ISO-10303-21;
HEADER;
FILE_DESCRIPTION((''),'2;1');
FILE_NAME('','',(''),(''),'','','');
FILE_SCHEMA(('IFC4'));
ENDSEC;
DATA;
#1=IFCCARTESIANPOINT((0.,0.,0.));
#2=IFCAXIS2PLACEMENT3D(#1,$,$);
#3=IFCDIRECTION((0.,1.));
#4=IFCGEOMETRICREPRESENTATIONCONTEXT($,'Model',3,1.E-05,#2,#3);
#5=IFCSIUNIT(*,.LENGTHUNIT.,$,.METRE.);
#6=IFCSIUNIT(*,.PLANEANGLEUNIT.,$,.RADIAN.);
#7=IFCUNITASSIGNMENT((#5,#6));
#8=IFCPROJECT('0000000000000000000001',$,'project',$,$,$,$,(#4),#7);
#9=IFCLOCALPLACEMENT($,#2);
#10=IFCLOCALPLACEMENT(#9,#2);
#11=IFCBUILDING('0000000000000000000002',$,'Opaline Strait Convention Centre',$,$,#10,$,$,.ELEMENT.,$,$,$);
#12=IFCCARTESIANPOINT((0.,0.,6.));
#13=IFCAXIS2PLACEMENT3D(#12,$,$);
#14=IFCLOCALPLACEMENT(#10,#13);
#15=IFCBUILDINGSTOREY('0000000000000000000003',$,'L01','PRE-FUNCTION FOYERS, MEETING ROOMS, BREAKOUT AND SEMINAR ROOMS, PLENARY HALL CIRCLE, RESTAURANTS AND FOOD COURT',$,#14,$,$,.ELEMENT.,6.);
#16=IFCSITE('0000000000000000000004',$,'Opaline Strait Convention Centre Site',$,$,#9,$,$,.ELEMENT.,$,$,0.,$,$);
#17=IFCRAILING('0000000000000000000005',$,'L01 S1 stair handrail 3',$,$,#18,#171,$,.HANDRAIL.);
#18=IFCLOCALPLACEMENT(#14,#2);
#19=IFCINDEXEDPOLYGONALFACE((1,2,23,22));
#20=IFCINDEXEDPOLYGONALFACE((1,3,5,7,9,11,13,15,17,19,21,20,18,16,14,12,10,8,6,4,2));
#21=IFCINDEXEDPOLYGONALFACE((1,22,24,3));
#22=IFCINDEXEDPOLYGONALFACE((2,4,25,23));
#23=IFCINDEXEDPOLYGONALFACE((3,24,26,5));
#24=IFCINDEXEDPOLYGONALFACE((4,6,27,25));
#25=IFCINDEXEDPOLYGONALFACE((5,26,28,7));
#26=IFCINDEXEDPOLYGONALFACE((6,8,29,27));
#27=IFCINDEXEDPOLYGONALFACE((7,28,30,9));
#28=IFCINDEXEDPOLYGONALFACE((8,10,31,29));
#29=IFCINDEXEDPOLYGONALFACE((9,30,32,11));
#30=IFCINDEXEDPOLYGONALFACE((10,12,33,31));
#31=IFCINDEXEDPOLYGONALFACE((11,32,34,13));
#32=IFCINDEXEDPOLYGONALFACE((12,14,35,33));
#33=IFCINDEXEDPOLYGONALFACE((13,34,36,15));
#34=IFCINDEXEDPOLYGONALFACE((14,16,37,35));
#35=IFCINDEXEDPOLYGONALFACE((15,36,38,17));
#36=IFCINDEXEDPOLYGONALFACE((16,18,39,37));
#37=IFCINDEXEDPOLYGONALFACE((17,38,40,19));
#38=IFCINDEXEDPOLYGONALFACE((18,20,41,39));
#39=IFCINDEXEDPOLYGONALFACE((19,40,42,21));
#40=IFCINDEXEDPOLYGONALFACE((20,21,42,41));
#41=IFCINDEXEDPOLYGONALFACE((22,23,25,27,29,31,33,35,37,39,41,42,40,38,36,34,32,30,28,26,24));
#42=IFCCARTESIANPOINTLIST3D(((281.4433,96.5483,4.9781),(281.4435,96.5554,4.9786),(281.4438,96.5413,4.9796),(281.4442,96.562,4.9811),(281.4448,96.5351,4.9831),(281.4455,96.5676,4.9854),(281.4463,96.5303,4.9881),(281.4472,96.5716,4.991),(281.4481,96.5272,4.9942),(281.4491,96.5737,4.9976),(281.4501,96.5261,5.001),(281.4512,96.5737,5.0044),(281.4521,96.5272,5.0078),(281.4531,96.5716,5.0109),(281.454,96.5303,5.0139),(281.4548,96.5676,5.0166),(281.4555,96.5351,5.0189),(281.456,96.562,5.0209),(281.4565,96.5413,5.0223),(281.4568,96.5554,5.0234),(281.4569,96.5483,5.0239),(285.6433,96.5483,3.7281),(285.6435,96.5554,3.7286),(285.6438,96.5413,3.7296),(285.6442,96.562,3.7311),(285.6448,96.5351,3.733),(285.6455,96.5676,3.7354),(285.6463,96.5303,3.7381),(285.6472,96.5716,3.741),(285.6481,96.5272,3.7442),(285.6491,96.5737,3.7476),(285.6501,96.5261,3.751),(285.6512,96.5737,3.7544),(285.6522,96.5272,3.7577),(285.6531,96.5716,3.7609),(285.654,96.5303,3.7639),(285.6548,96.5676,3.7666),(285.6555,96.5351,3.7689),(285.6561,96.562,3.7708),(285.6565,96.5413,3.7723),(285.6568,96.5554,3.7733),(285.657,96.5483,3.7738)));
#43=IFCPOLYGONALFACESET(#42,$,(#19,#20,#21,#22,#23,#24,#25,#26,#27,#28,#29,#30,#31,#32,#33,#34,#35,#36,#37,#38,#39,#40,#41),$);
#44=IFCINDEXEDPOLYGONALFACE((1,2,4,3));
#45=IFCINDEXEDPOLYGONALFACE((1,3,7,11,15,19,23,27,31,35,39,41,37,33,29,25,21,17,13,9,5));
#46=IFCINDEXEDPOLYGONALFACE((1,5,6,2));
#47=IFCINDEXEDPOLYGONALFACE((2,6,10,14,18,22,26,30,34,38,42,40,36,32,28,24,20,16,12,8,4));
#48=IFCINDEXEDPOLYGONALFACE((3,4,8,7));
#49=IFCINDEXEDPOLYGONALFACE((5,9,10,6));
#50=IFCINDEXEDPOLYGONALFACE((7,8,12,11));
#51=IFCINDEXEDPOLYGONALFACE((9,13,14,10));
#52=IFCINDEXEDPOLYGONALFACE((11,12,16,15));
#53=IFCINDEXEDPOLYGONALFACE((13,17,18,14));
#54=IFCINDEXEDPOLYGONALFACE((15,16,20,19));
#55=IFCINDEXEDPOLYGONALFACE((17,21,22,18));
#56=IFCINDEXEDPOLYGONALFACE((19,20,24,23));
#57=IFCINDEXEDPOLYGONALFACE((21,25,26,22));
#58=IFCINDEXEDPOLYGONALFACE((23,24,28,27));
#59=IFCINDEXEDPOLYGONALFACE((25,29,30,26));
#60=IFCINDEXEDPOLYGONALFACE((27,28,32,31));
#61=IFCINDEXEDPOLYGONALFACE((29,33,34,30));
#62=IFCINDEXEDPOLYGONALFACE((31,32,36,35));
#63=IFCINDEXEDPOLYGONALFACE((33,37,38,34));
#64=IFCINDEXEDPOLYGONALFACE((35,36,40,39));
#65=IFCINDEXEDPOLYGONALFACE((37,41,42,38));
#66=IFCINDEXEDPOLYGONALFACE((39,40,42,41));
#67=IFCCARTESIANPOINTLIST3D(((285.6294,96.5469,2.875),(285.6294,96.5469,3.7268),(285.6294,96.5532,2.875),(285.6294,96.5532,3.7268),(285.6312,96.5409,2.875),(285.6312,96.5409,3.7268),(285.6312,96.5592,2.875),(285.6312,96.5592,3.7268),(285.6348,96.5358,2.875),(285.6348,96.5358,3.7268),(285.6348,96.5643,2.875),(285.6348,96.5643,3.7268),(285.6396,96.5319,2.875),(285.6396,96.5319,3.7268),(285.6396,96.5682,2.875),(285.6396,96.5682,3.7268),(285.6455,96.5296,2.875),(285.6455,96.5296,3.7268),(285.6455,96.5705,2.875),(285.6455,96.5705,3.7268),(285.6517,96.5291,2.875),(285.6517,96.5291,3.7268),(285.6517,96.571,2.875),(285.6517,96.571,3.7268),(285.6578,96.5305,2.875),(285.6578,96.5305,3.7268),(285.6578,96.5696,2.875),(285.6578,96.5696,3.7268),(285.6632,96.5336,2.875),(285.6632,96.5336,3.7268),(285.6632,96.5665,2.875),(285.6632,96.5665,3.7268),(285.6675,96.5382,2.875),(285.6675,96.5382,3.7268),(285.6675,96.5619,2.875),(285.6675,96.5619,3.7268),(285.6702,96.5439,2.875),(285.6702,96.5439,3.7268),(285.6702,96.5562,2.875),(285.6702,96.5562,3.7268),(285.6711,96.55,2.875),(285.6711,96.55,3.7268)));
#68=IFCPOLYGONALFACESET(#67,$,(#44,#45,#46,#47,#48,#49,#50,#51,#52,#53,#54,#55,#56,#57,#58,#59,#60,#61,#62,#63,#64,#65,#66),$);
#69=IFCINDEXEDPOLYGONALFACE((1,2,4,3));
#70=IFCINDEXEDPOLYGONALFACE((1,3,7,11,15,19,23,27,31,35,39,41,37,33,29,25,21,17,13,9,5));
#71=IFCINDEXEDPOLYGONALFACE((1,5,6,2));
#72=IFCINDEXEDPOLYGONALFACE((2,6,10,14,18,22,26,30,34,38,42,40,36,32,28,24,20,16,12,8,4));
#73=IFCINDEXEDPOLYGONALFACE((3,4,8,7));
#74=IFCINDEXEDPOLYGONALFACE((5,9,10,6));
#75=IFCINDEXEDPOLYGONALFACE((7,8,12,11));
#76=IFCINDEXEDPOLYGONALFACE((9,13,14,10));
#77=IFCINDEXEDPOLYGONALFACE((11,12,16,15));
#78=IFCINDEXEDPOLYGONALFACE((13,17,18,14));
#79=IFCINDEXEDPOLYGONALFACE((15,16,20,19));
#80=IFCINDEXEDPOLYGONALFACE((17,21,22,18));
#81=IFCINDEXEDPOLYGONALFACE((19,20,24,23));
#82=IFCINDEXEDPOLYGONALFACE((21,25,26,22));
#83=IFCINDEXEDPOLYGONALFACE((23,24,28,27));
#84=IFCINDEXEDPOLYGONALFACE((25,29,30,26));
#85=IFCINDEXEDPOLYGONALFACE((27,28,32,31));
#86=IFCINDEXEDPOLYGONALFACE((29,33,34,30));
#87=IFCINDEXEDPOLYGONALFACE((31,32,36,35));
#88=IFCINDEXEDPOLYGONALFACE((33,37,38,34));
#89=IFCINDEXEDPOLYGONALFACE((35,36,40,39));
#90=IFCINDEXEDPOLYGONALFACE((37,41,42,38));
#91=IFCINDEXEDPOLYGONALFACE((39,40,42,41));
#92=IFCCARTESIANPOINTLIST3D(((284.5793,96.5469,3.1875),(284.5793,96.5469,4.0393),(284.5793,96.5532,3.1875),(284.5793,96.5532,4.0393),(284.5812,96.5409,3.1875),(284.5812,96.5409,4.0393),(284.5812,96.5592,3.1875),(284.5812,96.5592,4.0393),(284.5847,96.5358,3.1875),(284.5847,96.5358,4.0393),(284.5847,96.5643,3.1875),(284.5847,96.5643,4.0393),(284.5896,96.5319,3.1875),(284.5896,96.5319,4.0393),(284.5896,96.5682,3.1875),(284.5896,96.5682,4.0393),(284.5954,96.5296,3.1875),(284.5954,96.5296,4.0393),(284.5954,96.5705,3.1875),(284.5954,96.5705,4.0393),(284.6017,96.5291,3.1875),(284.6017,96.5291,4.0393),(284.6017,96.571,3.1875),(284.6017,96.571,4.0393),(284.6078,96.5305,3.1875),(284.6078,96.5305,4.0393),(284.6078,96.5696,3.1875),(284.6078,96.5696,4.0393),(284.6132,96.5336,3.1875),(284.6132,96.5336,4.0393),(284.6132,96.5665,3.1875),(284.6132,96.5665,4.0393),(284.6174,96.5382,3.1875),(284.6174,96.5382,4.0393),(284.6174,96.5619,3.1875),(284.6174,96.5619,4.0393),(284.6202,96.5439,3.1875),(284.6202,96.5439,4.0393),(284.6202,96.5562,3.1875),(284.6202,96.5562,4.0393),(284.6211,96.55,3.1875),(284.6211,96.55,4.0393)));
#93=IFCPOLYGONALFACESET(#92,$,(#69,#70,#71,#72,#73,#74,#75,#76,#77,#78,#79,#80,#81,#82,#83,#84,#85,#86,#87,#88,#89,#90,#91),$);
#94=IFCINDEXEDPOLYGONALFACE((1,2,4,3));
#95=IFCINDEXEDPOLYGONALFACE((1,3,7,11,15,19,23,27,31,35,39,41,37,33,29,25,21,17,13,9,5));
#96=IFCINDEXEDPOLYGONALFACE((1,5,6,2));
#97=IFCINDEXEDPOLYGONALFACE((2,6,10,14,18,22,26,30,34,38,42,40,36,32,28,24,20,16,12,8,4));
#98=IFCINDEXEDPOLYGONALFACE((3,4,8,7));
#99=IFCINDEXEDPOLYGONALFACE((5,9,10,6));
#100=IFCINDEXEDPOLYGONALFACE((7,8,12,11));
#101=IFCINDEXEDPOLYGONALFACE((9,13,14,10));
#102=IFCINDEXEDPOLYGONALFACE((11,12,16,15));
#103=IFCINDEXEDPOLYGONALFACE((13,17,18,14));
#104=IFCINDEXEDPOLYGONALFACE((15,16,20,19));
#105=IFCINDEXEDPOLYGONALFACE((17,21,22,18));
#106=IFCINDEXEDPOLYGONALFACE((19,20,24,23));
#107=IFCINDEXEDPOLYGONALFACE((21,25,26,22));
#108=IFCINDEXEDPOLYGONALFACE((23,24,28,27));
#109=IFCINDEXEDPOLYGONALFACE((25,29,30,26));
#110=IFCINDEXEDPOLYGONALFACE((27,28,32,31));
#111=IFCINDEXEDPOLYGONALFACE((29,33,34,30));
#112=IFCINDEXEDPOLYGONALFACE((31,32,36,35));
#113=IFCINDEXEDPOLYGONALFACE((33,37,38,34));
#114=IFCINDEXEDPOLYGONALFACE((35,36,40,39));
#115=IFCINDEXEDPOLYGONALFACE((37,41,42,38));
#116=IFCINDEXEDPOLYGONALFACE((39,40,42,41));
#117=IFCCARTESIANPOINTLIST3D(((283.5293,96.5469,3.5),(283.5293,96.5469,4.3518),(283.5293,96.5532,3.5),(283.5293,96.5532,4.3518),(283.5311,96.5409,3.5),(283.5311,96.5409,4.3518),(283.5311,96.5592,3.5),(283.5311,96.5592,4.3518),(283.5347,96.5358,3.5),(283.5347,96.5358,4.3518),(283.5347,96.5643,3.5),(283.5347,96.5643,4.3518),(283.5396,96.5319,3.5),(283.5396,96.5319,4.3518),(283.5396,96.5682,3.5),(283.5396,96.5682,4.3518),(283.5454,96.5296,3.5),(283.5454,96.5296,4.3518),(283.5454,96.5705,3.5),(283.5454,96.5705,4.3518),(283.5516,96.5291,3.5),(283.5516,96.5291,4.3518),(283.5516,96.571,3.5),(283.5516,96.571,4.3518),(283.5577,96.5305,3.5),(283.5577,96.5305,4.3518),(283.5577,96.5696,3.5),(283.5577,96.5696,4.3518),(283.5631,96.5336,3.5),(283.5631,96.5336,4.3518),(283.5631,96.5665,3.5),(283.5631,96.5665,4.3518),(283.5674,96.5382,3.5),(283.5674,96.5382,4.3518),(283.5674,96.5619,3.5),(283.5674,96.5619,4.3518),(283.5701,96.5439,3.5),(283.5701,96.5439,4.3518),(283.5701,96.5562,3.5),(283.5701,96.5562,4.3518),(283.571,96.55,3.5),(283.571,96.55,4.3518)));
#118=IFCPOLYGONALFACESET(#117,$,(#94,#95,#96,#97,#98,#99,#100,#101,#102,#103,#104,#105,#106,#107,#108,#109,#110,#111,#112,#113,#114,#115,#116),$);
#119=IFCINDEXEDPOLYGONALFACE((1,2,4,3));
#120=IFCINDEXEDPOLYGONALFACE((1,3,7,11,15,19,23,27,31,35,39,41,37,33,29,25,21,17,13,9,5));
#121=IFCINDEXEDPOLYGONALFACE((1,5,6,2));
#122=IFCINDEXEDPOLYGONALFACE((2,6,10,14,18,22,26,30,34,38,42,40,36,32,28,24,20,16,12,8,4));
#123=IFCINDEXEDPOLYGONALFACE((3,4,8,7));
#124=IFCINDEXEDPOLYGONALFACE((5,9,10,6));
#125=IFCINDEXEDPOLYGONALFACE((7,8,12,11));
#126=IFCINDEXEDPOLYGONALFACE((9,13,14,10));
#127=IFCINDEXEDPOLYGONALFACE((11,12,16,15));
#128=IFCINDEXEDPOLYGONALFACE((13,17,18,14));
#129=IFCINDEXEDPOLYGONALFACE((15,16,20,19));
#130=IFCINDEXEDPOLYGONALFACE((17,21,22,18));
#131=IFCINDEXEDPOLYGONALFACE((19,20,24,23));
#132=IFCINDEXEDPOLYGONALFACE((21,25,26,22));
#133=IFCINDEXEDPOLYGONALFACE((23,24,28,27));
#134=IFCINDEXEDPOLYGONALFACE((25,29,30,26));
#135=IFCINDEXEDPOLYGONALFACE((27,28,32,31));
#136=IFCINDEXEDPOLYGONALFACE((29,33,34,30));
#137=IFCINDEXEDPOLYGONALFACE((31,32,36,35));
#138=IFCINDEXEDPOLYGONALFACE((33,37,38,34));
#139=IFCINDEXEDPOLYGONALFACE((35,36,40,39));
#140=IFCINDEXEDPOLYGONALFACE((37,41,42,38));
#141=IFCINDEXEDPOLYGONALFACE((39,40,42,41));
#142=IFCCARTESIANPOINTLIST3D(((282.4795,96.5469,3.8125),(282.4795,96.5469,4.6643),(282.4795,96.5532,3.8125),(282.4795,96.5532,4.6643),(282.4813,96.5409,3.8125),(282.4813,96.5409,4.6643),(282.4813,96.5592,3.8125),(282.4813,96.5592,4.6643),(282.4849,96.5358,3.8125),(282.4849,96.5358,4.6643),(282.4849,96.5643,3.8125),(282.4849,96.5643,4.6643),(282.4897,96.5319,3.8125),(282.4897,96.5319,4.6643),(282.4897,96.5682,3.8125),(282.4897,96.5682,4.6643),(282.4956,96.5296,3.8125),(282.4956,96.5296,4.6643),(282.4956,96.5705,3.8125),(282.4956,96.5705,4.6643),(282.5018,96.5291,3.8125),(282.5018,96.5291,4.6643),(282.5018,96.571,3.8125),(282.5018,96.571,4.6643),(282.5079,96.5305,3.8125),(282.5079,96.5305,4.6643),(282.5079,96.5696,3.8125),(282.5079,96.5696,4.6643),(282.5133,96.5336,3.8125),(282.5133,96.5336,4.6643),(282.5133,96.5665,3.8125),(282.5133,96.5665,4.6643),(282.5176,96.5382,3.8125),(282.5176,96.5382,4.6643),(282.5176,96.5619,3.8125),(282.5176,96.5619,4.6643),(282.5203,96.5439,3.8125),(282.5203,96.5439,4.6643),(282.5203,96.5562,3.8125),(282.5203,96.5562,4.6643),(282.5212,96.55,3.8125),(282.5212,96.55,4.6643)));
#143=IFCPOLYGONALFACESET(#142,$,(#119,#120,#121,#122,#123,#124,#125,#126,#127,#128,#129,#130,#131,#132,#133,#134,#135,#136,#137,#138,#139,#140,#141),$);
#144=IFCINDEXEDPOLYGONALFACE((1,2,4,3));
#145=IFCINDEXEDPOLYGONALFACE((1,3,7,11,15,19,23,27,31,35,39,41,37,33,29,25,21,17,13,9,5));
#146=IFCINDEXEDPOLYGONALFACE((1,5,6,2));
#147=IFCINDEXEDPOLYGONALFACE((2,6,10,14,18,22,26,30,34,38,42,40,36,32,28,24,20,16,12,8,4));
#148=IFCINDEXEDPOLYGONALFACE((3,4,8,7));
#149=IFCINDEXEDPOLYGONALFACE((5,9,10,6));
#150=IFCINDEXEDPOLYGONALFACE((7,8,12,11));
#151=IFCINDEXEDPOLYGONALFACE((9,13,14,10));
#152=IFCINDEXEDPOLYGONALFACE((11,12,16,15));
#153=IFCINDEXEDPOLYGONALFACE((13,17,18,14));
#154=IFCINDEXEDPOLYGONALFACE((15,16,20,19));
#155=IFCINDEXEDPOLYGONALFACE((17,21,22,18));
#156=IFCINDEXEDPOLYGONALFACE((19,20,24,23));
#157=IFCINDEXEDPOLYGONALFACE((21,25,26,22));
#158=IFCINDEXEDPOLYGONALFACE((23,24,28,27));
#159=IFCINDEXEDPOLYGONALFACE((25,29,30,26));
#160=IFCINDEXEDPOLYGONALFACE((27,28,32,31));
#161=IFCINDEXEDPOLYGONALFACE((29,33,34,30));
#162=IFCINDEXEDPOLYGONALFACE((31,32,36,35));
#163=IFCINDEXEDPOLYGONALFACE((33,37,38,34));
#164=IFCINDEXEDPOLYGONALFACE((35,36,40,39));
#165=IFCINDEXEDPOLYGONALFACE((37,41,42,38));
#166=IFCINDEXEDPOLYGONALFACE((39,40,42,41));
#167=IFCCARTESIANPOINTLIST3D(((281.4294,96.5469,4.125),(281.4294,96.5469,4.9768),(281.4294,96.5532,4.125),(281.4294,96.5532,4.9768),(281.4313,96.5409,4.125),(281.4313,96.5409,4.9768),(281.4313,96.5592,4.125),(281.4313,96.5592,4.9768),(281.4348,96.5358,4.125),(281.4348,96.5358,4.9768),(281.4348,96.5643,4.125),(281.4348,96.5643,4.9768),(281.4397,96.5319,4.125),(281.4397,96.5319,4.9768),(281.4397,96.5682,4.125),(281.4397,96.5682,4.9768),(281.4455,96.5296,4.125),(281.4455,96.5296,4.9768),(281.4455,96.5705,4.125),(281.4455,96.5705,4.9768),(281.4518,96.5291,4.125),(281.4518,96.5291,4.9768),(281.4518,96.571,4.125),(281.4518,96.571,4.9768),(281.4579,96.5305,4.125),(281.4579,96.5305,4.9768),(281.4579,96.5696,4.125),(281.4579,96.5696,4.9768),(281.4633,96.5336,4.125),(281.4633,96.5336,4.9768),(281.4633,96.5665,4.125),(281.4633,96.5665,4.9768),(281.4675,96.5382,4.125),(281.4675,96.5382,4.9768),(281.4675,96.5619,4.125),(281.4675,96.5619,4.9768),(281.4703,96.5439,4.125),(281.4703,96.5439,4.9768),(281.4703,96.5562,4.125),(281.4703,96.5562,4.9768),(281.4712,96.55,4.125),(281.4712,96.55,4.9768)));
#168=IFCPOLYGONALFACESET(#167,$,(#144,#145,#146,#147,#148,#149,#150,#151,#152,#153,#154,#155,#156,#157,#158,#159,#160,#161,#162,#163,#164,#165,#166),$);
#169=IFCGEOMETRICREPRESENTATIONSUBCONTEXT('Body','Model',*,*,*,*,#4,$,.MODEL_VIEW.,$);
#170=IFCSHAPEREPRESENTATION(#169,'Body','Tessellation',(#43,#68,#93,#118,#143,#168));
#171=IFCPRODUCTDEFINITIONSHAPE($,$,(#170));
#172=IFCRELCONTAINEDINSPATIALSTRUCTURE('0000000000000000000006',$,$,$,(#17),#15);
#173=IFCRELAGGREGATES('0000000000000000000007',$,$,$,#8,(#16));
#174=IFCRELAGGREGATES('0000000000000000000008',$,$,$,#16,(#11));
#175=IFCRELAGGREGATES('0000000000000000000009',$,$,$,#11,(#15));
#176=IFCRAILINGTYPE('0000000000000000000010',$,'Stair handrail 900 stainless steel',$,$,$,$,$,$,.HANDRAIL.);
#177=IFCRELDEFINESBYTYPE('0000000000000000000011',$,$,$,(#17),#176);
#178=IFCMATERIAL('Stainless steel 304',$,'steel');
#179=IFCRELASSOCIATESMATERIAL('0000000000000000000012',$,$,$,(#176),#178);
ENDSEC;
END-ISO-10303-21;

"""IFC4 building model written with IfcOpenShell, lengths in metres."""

from ifc_helpers import new_model, si_unit, direction, frame, origin, origin_2d, place, context, subcontext, project, spatial, circle, extrude, material, type_object, element, save


model = new_model("IFC4")

# Units and contexts
model_context = context("Model", 3, precision=1e-05, world=origin(), true_north=direction((0.0, 1.0)))
body_context = subcontext(model_context, "Body", "Model", "MODEL_VIEW")
ifc_project = project(units=[si_unit("LENGTHUNIT", "METRE"), si_unit("PLANEANGLEUNIT", "RADIAN")], contexts=[model_context])

# Site, building, storey
site_placement = place(None, origin())
site = spatial("IfcSite", under=ifc_project, at=site_placement, Name="Opaline Strait Convention Centre Site", CompositionType="ELEMENT", RefElevation=0.0)
building_placement = place(site_placement, origin())
building = spatial("IfcBuilding", under=site, at=building_placement, Name="Opaline Strait Convention Centre", CompositionType="ELEMENT")
storey_placement = place(building_placement, frame((0.0, 0.0, 6.0)))
storey = spatial("IfcBuildingStorey", under=building, at=storey_placement, Name="L01", Description="PRE-FUNCTION FOYERS, MEETING ROOMS, BREAKOUT AND SEMINAR ROOMS, PLENARY HALL CIRCLE, RESTAURANTS AND FOOD COURT", CompositionType="ELEMENT", Elevation=6.0)

# Shared definitions
ifc_material_1 = material(Name="Stainless steel 304", Category="steel")

# Railing
railing_type_1 = type_object("IfcRailingType", Name="Stair handrail 900 stainless steel", PredefinedType="HANDRAIL", material=ifc_material_1)
for number, where, name in (
    (1, (285.6501, 96.55, 2.875), "L01 S1 stair handrail 3"),
):
    element("IfcRailing", number, at=place(storey_placement, frame(where)), inside=storey, type_object=railing_type_1, Name=name, PredefinedType="HANDRAIL", context=body_context, shape_type="SweptSolid", body=[
        extrude(circle(Radius=0.0239, at=origin_2d()), frame((0.0, 0.0, 0.876), z_axis=(-0.958451, 0.0, 0.285257), x_axis=(0.0, -1.0, 0.0)), (0.0, 0.0, 1.0), 4.3821),
        extrude(circle(Radius=0.021, at=origin_2d()), origin(), (0.0, 0.0, 1.0), 0.8518),
        extrude(circle(Radius=0.021, at=origin_2d()), frame((-1.05, 0.0, 0.3125)), (0.0, 0.0, 1.0), 0.8518),
        extrude(circle(Radius=0.021, at=origin_2d()), frame((-2.1001, 0.0, 0.625)), (0.0, 0.0, 1.0), 0.8518),
        extrude(circle(Radius=0.021, at=origin_2d()), frame((-3.1499, 0.0, 0.9375)), (0.0, 0.0, 1.0), 0.8518),
        extrude(circle(Radius=0.021, at=origin_2d()), frame((-4.2, 0.0, 1.25)), (0.0, 0.0, 1.0), 0.8518),
    ])

save(model, "model.ifc")
